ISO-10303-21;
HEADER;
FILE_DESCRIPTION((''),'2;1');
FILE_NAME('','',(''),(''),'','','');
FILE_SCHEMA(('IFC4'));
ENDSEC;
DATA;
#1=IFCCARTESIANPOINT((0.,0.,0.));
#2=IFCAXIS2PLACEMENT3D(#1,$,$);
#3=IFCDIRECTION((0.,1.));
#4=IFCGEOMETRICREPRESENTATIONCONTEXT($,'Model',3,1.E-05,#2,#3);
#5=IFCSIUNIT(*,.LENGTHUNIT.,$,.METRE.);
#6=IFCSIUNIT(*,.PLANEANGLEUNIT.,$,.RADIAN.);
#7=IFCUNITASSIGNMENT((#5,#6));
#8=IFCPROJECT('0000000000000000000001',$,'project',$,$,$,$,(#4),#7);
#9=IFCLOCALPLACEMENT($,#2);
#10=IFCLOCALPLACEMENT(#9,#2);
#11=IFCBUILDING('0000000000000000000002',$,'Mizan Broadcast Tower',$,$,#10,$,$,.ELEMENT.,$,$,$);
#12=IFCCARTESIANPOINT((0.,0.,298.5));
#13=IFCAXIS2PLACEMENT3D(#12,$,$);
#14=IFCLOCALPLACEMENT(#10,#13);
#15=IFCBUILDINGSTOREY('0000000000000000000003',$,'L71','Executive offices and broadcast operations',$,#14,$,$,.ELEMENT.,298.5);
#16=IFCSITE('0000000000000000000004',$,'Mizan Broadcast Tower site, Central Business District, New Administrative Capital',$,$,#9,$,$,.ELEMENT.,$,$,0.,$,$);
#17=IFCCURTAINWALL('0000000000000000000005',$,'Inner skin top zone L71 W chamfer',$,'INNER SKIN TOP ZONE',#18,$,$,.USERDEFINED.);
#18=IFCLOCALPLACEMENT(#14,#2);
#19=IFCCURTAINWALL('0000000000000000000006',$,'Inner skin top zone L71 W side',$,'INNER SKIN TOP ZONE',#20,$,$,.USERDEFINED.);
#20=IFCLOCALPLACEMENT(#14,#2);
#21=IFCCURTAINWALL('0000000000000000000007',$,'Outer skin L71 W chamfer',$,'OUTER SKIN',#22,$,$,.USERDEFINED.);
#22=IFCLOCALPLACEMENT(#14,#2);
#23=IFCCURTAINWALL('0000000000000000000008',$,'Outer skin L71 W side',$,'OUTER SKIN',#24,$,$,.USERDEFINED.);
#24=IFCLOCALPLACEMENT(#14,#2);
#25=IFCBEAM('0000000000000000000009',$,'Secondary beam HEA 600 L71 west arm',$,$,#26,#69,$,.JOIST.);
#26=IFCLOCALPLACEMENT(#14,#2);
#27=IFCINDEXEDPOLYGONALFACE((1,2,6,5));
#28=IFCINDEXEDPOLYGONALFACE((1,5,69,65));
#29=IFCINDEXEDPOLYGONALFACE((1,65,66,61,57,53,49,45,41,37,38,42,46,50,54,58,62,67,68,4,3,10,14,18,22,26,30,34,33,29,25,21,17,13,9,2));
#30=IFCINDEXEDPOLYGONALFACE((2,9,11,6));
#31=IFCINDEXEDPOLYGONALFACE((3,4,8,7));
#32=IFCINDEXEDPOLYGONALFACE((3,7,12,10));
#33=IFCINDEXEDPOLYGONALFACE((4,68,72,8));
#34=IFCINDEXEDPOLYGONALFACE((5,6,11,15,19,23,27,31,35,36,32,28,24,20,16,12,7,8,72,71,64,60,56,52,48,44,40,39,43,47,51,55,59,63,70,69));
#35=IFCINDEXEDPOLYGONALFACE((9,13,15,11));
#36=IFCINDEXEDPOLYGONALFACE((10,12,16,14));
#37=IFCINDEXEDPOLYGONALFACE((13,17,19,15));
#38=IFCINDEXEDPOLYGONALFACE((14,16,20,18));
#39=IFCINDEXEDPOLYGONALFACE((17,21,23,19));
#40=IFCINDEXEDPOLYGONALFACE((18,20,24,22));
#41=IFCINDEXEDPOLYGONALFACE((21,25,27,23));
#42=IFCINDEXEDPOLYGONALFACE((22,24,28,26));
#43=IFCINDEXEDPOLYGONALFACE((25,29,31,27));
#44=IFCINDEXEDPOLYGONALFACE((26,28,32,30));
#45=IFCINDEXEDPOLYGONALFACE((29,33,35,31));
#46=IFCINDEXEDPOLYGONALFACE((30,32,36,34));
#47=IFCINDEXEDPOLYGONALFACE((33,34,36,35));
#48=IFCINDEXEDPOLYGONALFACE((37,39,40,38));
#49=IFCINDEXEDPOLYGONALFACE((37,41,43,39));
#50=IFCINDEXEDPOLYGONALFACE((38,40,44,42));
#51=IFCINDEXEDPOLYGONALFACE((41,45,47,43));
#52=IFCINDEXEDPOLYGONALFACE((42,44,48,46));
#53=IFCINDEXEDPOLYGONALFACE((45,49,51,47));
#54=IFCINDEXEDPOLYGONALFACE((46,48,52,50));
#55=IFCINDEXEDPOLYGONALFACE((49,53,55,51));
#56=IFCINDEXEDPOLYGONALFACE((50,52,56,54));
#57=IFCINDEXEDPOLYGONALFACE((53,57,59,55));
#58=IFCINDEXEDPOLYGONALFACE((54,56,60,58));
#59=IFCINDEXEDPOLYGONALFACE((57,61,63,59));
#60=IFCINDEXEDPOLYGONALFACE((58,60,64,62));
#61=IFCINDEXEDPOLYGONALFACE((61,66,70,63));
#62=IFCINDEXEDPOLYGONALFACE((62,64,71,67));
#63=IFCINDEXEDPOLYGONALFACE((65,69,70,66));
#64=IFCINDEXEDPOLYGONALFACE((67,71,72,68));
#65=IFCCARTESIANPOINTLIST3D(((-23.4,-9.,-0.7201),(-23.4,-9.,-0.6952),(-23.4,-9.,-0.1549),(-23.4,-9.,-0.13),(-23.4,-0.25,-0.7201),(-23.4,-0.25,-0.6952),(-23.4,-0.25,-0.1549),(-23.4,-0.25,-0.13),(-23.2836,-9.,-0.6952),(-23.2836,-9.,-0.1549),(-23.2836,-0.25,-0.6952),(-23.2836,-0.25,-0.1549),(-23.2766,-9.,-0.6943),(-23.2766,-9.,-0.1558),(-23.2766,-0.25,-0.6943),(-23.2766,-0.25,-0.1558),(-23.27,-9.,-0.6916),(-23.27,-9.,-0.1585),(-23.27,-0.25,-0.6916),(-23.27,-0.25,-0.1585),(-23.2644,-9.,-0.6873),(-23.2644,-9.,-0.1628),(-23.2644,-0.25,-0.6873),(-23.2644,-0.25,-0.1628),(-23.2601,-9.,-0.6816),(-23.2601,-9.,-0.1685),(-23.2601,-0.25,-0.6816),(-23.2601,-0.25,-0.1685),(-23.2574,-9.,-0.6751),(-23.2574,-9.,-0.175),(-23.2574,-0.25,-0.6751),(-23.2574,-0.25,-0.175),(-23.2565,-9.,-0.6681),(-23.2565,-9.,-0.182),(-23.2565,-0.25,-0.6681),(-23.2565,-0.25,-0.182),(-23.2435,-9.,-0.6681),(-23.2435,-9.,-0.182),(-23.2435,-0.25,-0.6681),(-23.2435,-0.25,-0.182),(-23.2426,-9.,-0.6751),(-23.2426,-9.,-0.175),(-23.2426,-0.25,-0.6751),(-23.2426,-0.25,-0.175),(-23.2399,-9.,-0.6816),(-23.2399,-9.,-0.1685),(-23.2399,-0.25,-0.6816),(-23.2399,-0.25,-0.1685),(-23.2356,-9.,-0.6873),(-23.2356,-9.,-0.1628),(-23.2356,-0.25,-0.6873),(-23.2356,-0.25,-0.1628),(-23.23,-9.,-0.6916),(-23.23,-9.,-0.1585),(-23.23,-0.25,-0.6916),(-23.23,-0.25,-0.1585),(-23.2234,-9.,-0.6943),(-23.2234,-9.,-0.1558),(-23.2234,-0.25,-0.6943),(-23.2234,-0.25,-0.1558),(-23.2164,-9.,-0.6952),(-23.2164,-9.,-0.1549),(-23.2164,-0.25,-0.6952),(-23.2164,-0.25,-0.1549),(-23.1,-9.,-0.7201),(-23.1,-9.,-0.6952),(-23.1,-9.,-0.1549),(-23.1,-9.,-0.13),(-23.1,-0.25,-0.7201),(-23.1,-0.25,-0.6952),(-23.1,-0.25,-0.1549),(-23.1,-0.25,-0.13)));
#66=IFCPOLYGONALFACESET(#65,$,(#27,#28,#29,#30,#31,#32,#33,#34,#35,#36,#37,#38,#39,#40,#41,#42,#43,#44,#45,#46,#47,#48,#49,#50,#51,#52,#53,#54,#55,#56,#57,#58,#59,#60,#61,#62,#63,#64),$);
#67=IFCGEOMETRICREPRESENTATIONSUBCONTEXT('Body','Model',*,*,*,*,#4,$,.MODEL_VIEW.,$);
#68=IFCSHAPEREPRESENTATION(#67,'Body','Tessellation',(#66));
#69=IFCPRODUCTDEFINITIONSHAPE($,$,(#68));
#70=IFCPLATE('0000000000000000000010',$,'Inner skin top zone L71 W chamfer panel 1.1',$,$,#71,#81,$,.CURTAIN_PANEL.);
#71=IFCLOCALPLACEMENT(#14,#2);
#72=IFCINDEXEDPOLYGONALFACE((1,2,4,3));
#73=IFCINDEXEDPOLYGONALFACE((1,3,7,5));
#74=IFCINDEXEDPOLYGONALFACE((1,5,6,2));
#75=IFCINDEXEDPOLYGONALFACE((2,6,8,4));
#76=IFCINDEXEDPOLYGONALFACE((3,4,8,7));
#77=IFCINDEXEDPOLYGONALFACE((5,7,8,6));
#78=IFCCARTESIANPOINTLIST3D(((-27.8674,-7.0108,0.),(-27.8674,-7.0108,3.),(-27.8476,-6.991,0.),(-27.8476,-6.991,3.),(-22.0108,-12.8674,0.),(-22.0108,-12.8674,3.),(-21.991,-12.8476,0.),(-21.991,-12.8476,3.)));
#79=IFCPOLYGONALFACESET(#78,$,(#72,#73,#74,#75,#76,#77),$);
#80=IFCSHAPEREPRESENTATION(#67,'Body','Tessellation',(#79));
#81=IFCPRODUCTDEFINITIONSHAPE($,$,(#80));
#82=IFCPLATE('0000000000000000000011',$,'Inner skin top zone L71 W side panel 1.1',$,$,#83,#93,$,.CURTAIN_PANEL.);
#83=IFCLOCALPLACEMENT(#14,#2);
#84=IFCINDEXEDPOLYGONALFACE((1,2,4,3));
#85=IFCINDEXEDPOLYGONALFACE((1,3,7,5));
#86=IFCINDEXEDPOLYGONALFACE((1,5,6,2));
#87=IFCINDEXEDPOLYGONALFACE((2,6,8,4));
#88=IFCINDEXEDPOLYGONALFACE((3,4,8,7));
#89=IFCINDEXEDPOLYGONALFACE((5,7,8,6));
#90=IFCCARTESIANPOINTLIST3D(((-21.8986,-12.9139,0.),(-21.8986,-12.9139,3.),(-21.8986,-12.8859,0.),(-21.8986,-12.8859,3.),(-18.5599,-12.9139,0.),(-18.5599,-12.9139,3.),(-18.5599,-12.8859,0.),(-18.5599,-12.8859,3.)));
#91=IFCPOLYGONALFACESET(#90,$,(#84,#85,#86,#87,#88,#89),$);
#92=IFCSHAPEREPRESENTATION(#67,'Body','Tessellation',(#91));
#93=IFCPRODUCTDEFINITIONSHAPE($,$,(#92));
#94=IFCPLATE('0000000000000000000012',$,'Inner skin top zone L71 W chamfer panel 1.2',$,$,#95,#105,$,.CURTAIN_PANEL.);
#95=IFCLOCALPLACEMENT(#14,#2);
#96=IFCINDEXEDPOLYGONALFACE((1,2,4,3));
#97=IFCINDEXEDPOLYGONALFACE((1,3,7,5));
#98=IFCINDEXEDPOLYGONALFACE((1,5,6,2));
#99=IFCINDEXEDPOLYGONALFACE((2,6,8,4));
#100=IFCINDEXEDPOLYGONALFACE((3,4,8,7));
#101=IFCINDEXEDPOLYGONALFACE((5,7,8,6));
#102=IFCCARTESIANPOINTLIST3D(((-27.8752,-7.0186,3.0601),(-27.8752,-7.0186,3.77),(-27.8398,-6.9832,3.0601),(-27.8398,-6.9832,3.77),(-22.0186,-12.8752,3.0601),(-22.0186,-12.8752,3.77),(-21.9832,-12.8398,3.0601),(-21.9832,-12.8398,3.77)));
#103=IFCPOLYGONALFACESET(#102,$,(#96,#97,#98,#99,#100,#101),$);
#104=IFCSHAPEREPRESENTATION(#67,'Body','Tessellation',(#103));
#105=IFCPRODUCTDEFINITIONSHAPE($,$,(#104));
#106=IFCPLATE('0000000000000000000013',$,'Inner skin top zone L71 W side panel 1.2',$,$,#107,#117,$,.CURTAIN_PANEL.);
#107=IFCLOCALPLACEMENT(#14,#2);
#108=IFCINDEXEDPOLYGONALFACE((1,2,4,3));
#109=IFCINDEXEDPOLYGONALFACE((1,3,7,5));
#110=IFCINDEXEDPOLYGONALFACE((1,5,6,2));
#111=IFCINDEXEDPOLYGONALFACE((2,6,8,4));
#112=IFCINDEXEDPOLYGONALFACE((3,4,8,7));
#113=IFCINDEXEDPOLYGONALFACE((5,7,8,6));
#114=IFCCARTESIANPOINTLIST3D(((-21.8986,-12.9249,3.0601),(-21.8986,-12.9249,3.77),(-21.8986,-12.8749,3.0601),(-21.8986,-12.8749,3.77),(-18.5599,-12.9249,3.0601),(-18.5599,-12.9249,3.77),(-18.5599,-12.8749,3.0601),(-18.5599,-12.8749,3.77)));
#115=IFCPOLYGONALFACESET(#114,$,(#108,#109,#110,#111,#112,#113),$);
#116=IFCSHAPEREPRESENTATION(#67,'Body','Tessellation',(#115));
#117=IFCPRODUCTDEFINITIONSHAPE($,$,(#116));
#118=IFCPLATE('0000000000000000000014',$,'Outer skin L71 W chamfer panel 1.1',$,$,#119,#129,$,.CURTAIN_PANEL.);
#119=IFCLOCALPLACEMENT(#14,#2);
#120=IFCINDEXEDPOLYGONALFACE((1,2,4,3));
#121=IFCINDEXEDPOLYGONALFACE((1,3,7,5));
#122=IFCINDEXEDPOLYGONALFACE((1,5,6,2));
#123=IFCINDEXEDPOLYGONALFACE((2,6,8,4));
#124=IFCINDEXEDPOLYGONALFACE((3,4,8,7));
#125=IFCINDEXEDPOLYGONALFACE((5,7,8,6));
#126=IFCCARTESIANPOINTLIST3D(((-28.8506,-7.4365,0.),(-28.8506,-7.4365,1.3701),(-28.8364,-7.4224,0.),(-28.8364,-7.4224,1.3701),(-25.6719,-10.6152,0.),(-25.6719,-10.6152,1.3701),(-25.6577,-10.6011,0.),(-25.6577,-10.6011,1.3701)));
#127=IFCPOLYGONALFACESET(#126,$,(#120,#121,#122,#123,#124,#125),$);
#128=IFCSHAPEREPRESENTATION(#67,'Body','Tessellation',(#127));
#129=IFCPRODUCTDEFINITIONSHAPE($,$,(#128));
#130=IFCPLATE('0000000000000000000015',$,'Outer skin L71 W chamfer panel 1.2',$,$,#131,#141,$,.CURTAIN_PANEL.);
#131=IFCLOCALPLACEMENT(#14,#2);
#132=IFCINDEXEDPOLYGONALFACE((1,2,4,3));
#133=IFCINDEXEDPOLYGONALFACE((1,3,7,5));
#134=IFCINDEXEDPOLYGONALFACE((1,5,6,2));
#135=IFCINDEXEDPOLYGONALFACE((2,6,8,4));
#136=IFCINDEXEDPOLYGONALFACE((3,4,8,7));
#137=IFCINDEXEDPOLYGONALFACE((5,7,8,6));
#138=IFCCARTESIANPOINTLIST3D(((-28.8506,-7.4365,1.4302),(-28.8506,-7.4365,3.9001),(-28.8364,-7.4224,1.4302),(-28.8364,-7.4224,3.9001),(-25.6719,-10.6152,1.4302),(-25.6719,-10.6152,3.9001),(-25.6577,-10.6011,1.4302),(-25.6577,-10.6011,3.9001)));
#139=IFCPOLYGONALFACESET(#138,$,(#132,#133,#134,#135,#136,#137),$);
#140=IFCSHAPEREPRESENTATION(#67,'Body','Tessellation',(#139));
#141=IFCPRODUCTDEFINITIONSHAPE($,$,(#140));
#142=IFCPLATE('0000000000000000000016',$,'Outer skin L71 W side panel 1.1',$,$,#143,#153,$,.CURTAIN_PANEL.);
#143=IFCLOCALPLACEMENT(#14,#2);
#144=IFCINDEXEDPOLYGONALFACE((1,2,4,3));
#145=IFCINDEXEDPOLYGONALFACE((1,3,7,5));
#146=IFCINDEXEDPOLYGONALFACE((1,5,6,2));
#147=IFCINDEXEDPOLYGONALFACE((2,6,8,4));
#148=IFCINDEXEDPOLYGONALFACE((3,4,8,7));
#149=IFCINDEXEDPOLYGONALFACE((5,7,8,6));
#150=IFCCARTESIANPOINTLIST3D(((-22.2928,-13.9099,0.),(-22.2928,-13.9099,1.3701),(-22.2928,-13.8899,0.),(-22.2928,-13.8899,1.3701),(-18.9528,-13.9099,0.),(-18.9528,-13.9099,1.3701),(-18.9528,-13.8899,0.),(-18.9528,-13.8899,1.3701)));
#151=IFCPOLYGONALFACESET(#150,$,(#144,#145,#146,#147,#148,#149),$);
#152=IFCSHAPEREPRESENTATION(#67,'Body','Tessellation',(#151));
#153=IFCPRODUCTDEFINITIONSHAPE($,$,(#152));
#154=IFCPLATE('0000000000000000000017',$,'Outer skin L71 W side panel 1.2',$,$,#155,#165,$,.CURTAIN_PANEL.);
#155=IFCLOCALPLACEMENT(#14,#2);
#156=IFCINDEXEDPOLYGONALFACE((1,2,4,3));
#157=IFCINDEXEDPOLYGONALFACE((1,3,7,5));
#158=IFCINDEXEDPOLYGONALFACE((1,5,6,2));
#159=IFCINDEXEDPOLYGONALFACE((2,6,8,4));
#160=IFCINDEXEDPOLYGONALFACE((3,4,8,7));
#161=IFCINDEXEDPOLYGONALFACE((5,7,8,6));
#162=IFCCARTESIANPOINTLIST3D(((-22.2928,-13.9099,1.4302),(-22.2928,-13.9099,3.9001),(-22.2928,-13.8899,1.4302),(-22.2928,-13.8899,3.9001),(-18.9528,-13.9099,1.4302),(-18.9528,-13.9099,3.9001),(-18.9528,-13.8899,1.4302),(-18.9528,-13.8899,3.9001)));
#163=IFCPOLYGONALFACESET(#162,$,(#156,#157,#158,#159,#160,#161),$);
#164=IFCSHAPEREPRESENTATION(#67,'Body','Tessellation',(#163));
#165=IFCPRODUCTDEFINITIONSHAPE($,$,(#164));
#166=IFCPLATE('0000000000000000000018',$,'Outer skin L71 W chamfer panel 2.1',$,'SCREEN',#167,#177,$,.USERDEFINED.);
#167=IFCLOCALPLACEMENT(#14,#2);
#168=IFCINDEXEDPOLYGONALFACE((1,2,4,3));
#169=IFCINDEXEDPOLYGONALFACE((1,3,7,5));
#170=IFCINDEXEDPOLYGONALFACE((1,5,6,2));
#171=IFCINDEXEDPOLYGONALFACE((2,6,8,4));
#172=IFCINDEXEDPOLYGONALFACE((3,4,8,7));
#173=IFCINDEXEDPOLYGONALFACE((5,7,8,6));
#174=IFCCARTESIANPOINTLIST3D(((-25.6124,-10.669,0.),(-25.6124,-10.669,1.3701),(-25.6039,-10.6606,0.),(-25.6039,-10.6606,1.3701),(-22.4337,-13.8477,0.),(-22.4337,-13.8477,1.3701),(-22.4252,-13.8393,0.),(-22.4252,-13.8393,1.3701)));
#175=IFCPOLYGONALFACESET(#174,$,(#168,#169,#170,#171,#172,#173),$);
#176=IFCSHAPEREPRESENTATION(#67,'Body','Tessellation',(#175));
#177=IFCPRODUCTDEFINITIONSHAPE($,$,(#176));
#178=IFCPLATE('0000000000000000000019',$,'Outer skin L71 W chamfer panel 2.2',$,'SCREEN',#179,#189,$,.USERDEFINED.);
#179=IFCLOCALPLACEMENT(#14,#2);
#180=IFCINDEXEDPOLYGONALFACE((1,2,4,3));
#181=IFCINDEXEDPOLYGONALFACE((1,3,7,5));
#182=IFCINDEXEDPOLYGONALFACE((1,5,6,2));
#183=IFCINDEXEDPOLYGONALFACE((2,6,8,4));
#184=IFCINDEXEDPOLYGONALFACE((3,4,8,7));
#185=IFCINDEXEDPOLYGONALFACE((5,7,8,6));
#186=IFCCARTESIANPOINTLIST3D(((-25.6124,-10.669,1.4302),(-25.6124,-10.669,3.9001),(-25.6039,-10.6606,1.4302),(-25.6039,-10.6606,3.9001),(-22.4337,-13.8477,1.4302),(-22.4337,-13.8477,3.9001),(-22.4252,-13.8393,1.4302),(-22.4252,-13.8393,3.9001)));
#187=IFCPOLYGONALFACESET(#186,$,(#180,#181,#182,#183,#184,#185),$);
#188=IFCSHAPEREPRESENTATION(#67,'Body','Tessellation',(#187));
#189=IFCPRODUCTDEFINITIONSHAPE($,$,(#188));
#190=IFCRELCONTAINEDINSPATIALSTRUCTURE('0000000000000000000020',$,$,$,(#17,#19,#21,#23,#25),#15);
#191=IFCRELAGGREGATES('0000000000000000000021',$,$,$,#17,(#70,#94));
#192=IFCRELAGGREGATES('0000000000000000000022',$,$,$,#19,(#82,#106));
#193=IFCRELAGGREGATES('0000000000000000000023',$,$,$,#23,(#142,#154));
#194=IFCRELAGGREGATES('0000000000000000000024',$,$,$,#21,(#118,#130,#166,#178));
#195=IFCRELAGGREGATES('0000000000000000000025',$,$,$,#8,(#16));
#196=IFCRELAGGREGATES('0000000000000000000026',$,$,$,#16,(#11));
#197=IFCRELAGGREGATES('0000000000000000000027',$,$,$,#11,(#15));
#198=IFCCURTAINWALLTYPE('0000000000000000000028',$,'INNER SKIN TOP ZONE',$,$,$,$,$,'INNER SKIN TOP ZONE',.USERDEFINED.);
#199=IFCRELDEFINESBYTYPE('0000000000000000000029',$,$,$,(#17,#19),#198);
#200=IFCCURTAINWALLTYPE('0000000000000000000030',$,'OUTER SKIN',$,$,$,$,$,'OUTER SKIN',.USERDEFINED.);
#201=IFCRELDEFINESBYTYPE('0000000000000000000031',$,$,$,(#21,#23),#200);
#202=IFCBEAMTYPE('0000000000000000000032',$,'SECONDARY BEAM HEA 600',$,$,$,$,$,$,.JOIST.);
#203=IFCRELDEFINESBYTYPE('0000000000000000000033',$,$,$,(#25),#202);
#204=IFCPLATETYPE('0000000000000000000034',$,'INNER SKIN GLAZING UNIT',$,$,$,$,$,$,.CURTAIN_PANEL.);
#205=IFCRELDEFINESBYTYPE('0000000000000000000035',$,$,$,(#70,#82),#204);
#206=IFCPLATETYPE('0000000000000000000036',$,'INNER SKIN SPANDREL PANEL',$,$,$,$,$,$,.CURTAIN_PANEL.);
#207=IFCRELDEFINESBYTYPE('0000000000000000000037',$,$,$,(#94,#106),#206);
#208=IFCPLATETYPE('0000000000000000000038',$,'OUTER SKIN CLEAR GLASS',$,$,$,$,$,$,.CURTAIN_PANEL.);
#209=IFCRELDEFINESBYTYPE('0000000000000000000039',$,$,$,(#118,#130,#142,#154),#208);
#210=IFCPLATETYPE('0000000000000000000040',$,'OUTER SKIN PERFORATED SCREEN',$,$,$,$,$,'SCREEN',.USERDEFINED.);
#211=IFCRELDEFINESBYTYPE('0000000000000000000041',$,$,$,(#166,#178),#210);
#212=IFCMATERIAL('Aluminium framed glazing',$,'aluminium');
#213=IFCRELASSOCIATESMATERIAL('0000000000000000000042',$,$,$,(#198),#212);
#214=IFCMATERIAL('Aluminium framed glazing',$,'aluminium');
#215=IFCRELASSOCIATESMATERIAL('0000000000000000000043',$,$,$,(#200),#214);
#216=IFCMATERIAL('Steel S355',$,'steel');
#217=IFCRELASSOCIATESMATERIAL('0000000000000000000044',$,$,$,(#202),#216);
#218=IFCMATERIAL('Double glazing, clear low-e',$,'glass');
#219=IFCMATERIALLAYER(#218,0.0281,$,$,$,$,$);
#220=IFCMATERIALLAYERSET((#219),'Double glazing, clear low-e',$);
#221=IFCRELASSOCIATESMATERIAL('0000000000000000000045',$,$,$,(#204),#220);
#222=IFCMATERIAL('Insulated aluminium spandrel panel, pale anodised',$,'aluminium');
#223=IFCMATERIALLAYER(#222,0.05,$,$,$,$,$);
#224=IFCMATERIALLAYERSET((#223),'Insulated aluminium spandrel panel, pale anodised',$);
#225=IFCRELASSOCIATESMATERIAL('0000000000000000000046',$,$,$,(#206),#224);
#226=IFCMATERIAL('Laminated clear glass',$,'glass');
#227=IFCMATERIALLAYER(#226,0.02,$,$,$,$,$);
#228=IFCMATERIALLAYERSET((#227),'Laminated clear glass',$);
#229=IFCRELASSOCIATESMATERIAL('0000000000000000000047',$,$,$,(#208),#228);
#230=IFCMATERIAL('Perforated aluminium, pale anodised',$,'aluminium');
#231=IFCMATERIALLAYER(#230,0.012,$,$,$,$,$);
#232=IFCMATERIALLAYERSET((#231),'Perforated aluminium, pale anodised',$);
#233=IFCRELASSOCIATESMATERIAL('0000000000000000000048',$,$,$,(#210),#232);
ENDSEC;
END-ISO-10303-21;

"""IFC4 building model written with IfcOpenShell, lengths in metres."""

from ifc_helpers import new_model, si_unit, direction, frame, origin, origin_2d, place, context, subcontext, project, spatial, rectangle, i_section, extrude, material, layer, layer_set, material_profile, profile_set, type_object, element, aggregate, save


model = new_model("IFC4")

# Units and contexts
model_context = context("Model", 3, precision=1e-05, world=origin(), true_north=direction((0.0, 1.0)))
body_context = subcontext(model_context, "Body", "Model", "MODEL_VIEW")
ifc_project = project(units=[si_unit("LENGTHUNIT", "METRE"), si_unit("PLANEANGLEUNIT", "RADIAN")], contexts=[model_context])

# Site, building, storey
site_placement = place(None, origin())
site = spatial("IfcSite", under=ifc_project, at=site_placement, Name="Mizan Broadcast Tower site, Central Business District, New Administrative Capital", CompositionType="ELEMENT", RefElevation=0.0)
building_placement = place(site_placement, origin())
building = spatial("IfcBuilding", under=site, at=building_placement, Name="Mizan Broadcast Tower", CompositionType="ELEMENT")
storey_placement = place(building_placement, frame((0.0, 0.0, 298.5)))
storey = spatial("IfcBuildingStorey", under=building, at=storey_placement, Name="L71", Description="Executive offices and broadcast operations", CompositionType="ELEMENT", Elevation=298.5)

# Shared definitions
ifc_material_1 = material(Name="Aluminium framed glazing", Category="aluminium")
curtain_wall_type_1 = type_object("IfcCurtainWallType", Name="INNER SKIN TOP ZONE", ElementType="INNER SKIN TOP ZONE", PredefinedType="USERDEFINED", material=ifc_material_1)

# Curtain wall
curtain_wall_1_placement = place(storey_placement, origin())
curtain_wall_1 = element("IfcCurtainWall", 1, at=curtain_wall_1_placement, inside=storey, type_object=curtain_wall_type_1, Name="Inner skin top zone L71 W chamfer", ObjectType="INNER SKIN TOP ZONE", PredefinedType="USERDEFINED")

# Curtain wall
curtain_wall_2_placement = place(storey_placement, origin())
curtain_wall_2 = element("IfcCurtainWall", 2, at=curtain_wall_2_placement, inside=storey, type_object=curtain_wall_type_1, Name="Inner skin top zone L71 W side", ObjectType="INNER SKIN TOP ZONE", PredefinedType="USERDEFINED")

# Curtain wall
ifc_material_2 = material(Name="Aluminium framed glazing", Category="aluminium")
curtain_wall_type_2 = type_object("IfcCurtainWallType", Name="OUTER SKIN", ElementType="OUTER SKIN", PredefinedType="USERDEFINED", material=ifc_material_2)
curtain_wall_3_placement = place(storey_placement, origin())
curtain_wall_3 = element("IfcCurtainWall", 3, at=curtain_wall_3_placement, inside=storey, type_object=curtain_wall_type_2, Name="Outer skin L71 W chamfer", ObjectType="OUTER SKIN", PredefinedType="USERDEFINED")

# Curtain wall
curtain_wall_4_placement = place(storey_placement, origin())
curtain_wall_4 = element("IfcCurtainWall", 4, at=curtain_wall_4_placement, inside=storey, type_object=curtain_wall_type_2, Name="Outer skin L71 W side", ObjectType="OUTER SKIN", PredefinedType="USERDEFINED")

# Beam
ifc_material_3 = material(Name="Steel S355", Category="steel")
ifc_material_profile_1 = material_profile(ifc_material_3, i_section(OverallWidth=0.3, OverallDepth=0.5901, WebThickness=0.0129, FlangeThickness=0.0249, FilletRadius=0.0271, at=origin_2d()), Name="HEA 600")
ifc_profile_set_1 = profile_set([ifc_material_profile_1], Name="Steel S355")
beam_type_1 = type_object("IfcBeamType", Name="SECONDARY BEAM HEA 600", PredefinedType="JOIST", material=ifc_profile_set_1)
beam_1_placement = place(storey_placement, frame((-23.25, -9.0, -0.425), z_axis=(0.0, 1.0, 0.0), x_axis=(-1.0, 0.0, 0.0)))
element("IfcBeam", 5, at=beam_1_placement, inside=storey, type_object=beam_type_1, Name="Secondary beam HEA 600 L71 west arm", PredefinedType="JOIST", context=body_context, shape_type="SweptSolid", body=[
    extrude(i_section(OverallWidth=0.3, OverallDepth=0.5901, WebThickness=0.0129, FlangeThickness=0.0249, FilletRadius=0.0271, at=origin_2d()), origin(), (0.0, 0.0, 1.0), 8.75),
])

# Plates
ifc_material_4 = material(Name="Double glazing, clear low-e", Category="glass")
ifc_layer_1 = layer(ifc_material_4, 0.0281)
ifc_layer_set_1 = layer_set([ifc_layer_1], Name="Double glazing, clear low-e")
plate_type_1 = type_object("IfcPlateType", Name="INNER SKIN GLAZING UNIT", PredefinedType="CURTAIN_PANEL", material=ifc_layer_set_1)
plate_1_placement = place(storey_placement, frame((-24.9292, -9.9292, 0.0), z_axis=(0.0, 0.0, 1.0), x_axis=(0.707107, -0.707107, 0.0)))
plate_1 = element("IfcPlate", 6, at=plate_1_placement, type_object=plate_type_1, Name="Inner skin top zone L71 W chamfer panel 1.1", PredefinedType="CURTAIN_PANEL", context=body_context, shape_type="SweptSolid", body=[
    extrude(rectangle(XDim=8.2825, YDim=0.0281, at=origin_2d()), origin(), (0.0, 0.0, 1.0), 3.0),
])
plate_2_placement = place(storey_placement, frame((-20.2292, -12.8999, 0.0), z_axis=(0.0, 0.0, 1.0), x_axis=(1.0, 0.0, 0.0)))
plate_2 = element("IfcPlate", 7, at=plate_2_placement, type_object=plate_type_1, Name="Inner skin top zone L71 W side panel 1.1", PredefinedType="CURTAIN_PANEL", context=body_context, shape_type="SweptSolid", body=[
    extrude(rectangle(XDim=3.3386, YDim=0.0281, at=origin_2d()), origin(), (0.0, 0.0, 1.0), 3.0),
])
ifc_material_5 = material(Name="Insulated aluminium spandrel panel, pale anodised", Category="aluminium")
ifc_layer_2 = layer(ifc_material_5, 0.05)
ifc_layer_set_2 = layer_set([ifc_layer_2], Name="Insulated aluminium spandrel panel, pale anodised")
plate_type_2 = type_object("IfcPlateType", Name="INNER SKIN SPANDREL PANEL", PredefinedType="CURTAIN_PANEL", material=ifc_layer_set_2)
plate_3_placement = place(storey_placement, frame((-24.9292, -9.9292, 3.0601), z_axis=(0.0, 0.0, 1.0), x_axis=(0.707107, -0.707107, 0.0)))
plate_3 = element("IfcPlate", 8, at=plate_3_placement, type_object=plate_type_2, Name="Inner skin top zone L71 W chamfer panel 1.2", PredefinedType="CURTAIN_PANEL", context=body_context, shape_type="SweptSolid", body=[
    extrude(rectangle(XDim=8.2825, YDim=0.05, at=origin_2d()), origin(), (0.0, 0.0, 1.0), 0.71),
])
aggregate(curtain_wall_1, [plate_1, plate_3])
plate_4_placement = place(storey_placement, frame((-20.2292, -12.8999, 3.0601), z_axis=(0.0, 0.0, 1.0), x_axis=(1.0, 0.0, 0.0)))
plate_4 = element("IfcPlate", 9, at=plate_4_placement, type_object=plate_type_2, Name="Inner skin top zone L71 W side panel 1.2", PredefinedType="CURTAIN_PANEL", context=body_context, shape_type="SweptSolid", body=[
    extrude(rectangle(XDim=3.3386, YDim=0.05, at=origin_2d()), origin(), (0.0, 0.0, 1.0), 0.71),
])
aggregate(curtain_wall_2, [plate_2, plate_4])
ifc_material_6 = material(Name="Laminated clear glass", Category="glass")
ifc_layer_3 = layer(ifc_material_6, 0.02)
ifc_layer_set_3 = layer_set([ifc_layer_3], Name="Laminated clear glass")
plate_type_3 = type_object("IfcPlateType", Name="OUTER SKIN CLEAR GLASS", PredefinedType="CURTAIN_PANEL", material=ifc_layer_set_3)
plate_5_placement = place(storey_placement, frame((-27.2542, -9.0188, 0.0), z_axis=(0.0, 0.0, 1.0), x_axis=(0.707107, -0.707107, 0.0)))
plate_5 = element("IfcPlate", 10, at=plate_5_placement, type_object=plate_type_3, Name="Outer skin L71 W chamfer panel 1.1", PredefinedType="CURTAIN_PANEL", context=body_context, shape_type="SweptSolid", body=[
    extrude(rectangle(XDim=4.4954, YDim=0.02, at=origin_2d()), origin(), (0.0, 0.0, 1.0), 1.3701),
])
plate_6_placement = place(storey_placement, frame((-27.2542, -9.0188, 1.4302), z_axis=(0.0, 0.0, 1.0), x_axis=(0.707107, -0.707107, 0.0)))
plate_6 = element("IfcPlate", 11, at=plate_6_placement, type_object=plate_type_3, Name="Outer skin L71 W chamfer panel 1.2", PredefinedType="CURTAIN_PANEL", context=body_context, shape_type="SweptSolid", body=[
    extrude(rectangle(XDim=4.4954, YDim=0.02, at=origin_2d()), origin(), (0.0, 0.0, 1.0), 2.47),
])
plate_7_placement = place(storey_placement, frame((-20.6228, -13.8999, 0.0), z_axis=(0.0, 0.0, 1.0), x_axis=(1.0, 0.0, 0.0)))
plate_7 = element("IfcPlate", 12, at=plate_7_placement, type_object=plate_type_3, Name="Outer skin L71 W side panel 1.1", PredefinedType="CURTAIN_PANEL", context=body_context, shape_type="SweptSolid", body=[
    extrude(rectangle(XDim=3.3401, YDim=0.02, at=origin_2d()), origin(), (0.0, 0.0, 1.0), 1.3701),
])
plate_8_placement = place(storey_placement, frame((-20.6228, -13.8999, 1.4302), z_axis=(0.0, 0.0, 1.0), x_axis=(1.0, 0.0, 0.0)))
plate_8 = element("IfcPlate", 13, at=plate_8_placement, type_object=plate_type_3, Name="Outer skin L71 W side panel 1.2", PredefinedType="CURTAIN_PANEL", context=body_context, shape_type="SweptSolid", body=[
    extrude(rectangle(XDim=3.3401, YDim=0.02, at=origin_2d()), origin(), (0.0, 0.0, 1.0), 2.47),
])
aggregate(curtain_wall_4, [plate_7, plate_8])
ifc_material_7 = material(Name="Perforated aluminium, pale anodised", Category="aluminium")
ifc_layer_4 = layer(ifc_material_7, 0.012)
ifc_layer_set_4 = layer_set([ifc_layer_4], Name="Perforated aluminium, pale anodised")
plate_type_4 = type_object("IfcPlateType", Name="OUTER SKIN PERFORATED SCREEN", ElementType="SCREEN", PredefinedType="USERDEFINED", material=ifc_layer_set_4)
plate_9_placement = place(storey_placement, frame((-24.0188, -12.2542, 0.0), z_axis=(0.0, 0.0, 1.0), x_axis=(0.707107, -0.707107, 0.0)))
plate_9 = element("IfcPlate", 14, at=plate_9_placement, type_object=plate_type_4, Name="Outer skin L71 W chamfer panel 2.1", ObjectType="SCREEN", PredefinedType="USERDEFINED", context=body_context, shape_type="SweptSolid", body=[
    extrude(rectangle(XDim=4.4954, YDim=0.012, at=origin_2d()), origin(), (0.0, 0.0, 1.0), 1.3701),
])
plate_10_placement = place(storey_placement, frame((-24.0188, -12.2542, 1.4302), z_axis=(0.0, 0.0, 1.0), x_axis=(0.707107, -0.707107, 0.0)))
plate_10 = element("IfcPlate", 15, at=plate_10_placement, type_object=plate_type_4, Name="Outer skin L71 W chamfer panel 2.2", ObjectType="SCREEN", PredefinedType="USERDEFINED", context=body_context, shape_type="SweptSolid", body=[
    extrude(rectangle(XDim=4.4954, YDim=0.012, at=origin_2d()), origin(), (0.0, 0.0, 1.0), 2.47),
])
aggregate(curtain_wall_3, [plate_5, plate_6, plate_9, plate_10])

save(model, "model.ifc")
